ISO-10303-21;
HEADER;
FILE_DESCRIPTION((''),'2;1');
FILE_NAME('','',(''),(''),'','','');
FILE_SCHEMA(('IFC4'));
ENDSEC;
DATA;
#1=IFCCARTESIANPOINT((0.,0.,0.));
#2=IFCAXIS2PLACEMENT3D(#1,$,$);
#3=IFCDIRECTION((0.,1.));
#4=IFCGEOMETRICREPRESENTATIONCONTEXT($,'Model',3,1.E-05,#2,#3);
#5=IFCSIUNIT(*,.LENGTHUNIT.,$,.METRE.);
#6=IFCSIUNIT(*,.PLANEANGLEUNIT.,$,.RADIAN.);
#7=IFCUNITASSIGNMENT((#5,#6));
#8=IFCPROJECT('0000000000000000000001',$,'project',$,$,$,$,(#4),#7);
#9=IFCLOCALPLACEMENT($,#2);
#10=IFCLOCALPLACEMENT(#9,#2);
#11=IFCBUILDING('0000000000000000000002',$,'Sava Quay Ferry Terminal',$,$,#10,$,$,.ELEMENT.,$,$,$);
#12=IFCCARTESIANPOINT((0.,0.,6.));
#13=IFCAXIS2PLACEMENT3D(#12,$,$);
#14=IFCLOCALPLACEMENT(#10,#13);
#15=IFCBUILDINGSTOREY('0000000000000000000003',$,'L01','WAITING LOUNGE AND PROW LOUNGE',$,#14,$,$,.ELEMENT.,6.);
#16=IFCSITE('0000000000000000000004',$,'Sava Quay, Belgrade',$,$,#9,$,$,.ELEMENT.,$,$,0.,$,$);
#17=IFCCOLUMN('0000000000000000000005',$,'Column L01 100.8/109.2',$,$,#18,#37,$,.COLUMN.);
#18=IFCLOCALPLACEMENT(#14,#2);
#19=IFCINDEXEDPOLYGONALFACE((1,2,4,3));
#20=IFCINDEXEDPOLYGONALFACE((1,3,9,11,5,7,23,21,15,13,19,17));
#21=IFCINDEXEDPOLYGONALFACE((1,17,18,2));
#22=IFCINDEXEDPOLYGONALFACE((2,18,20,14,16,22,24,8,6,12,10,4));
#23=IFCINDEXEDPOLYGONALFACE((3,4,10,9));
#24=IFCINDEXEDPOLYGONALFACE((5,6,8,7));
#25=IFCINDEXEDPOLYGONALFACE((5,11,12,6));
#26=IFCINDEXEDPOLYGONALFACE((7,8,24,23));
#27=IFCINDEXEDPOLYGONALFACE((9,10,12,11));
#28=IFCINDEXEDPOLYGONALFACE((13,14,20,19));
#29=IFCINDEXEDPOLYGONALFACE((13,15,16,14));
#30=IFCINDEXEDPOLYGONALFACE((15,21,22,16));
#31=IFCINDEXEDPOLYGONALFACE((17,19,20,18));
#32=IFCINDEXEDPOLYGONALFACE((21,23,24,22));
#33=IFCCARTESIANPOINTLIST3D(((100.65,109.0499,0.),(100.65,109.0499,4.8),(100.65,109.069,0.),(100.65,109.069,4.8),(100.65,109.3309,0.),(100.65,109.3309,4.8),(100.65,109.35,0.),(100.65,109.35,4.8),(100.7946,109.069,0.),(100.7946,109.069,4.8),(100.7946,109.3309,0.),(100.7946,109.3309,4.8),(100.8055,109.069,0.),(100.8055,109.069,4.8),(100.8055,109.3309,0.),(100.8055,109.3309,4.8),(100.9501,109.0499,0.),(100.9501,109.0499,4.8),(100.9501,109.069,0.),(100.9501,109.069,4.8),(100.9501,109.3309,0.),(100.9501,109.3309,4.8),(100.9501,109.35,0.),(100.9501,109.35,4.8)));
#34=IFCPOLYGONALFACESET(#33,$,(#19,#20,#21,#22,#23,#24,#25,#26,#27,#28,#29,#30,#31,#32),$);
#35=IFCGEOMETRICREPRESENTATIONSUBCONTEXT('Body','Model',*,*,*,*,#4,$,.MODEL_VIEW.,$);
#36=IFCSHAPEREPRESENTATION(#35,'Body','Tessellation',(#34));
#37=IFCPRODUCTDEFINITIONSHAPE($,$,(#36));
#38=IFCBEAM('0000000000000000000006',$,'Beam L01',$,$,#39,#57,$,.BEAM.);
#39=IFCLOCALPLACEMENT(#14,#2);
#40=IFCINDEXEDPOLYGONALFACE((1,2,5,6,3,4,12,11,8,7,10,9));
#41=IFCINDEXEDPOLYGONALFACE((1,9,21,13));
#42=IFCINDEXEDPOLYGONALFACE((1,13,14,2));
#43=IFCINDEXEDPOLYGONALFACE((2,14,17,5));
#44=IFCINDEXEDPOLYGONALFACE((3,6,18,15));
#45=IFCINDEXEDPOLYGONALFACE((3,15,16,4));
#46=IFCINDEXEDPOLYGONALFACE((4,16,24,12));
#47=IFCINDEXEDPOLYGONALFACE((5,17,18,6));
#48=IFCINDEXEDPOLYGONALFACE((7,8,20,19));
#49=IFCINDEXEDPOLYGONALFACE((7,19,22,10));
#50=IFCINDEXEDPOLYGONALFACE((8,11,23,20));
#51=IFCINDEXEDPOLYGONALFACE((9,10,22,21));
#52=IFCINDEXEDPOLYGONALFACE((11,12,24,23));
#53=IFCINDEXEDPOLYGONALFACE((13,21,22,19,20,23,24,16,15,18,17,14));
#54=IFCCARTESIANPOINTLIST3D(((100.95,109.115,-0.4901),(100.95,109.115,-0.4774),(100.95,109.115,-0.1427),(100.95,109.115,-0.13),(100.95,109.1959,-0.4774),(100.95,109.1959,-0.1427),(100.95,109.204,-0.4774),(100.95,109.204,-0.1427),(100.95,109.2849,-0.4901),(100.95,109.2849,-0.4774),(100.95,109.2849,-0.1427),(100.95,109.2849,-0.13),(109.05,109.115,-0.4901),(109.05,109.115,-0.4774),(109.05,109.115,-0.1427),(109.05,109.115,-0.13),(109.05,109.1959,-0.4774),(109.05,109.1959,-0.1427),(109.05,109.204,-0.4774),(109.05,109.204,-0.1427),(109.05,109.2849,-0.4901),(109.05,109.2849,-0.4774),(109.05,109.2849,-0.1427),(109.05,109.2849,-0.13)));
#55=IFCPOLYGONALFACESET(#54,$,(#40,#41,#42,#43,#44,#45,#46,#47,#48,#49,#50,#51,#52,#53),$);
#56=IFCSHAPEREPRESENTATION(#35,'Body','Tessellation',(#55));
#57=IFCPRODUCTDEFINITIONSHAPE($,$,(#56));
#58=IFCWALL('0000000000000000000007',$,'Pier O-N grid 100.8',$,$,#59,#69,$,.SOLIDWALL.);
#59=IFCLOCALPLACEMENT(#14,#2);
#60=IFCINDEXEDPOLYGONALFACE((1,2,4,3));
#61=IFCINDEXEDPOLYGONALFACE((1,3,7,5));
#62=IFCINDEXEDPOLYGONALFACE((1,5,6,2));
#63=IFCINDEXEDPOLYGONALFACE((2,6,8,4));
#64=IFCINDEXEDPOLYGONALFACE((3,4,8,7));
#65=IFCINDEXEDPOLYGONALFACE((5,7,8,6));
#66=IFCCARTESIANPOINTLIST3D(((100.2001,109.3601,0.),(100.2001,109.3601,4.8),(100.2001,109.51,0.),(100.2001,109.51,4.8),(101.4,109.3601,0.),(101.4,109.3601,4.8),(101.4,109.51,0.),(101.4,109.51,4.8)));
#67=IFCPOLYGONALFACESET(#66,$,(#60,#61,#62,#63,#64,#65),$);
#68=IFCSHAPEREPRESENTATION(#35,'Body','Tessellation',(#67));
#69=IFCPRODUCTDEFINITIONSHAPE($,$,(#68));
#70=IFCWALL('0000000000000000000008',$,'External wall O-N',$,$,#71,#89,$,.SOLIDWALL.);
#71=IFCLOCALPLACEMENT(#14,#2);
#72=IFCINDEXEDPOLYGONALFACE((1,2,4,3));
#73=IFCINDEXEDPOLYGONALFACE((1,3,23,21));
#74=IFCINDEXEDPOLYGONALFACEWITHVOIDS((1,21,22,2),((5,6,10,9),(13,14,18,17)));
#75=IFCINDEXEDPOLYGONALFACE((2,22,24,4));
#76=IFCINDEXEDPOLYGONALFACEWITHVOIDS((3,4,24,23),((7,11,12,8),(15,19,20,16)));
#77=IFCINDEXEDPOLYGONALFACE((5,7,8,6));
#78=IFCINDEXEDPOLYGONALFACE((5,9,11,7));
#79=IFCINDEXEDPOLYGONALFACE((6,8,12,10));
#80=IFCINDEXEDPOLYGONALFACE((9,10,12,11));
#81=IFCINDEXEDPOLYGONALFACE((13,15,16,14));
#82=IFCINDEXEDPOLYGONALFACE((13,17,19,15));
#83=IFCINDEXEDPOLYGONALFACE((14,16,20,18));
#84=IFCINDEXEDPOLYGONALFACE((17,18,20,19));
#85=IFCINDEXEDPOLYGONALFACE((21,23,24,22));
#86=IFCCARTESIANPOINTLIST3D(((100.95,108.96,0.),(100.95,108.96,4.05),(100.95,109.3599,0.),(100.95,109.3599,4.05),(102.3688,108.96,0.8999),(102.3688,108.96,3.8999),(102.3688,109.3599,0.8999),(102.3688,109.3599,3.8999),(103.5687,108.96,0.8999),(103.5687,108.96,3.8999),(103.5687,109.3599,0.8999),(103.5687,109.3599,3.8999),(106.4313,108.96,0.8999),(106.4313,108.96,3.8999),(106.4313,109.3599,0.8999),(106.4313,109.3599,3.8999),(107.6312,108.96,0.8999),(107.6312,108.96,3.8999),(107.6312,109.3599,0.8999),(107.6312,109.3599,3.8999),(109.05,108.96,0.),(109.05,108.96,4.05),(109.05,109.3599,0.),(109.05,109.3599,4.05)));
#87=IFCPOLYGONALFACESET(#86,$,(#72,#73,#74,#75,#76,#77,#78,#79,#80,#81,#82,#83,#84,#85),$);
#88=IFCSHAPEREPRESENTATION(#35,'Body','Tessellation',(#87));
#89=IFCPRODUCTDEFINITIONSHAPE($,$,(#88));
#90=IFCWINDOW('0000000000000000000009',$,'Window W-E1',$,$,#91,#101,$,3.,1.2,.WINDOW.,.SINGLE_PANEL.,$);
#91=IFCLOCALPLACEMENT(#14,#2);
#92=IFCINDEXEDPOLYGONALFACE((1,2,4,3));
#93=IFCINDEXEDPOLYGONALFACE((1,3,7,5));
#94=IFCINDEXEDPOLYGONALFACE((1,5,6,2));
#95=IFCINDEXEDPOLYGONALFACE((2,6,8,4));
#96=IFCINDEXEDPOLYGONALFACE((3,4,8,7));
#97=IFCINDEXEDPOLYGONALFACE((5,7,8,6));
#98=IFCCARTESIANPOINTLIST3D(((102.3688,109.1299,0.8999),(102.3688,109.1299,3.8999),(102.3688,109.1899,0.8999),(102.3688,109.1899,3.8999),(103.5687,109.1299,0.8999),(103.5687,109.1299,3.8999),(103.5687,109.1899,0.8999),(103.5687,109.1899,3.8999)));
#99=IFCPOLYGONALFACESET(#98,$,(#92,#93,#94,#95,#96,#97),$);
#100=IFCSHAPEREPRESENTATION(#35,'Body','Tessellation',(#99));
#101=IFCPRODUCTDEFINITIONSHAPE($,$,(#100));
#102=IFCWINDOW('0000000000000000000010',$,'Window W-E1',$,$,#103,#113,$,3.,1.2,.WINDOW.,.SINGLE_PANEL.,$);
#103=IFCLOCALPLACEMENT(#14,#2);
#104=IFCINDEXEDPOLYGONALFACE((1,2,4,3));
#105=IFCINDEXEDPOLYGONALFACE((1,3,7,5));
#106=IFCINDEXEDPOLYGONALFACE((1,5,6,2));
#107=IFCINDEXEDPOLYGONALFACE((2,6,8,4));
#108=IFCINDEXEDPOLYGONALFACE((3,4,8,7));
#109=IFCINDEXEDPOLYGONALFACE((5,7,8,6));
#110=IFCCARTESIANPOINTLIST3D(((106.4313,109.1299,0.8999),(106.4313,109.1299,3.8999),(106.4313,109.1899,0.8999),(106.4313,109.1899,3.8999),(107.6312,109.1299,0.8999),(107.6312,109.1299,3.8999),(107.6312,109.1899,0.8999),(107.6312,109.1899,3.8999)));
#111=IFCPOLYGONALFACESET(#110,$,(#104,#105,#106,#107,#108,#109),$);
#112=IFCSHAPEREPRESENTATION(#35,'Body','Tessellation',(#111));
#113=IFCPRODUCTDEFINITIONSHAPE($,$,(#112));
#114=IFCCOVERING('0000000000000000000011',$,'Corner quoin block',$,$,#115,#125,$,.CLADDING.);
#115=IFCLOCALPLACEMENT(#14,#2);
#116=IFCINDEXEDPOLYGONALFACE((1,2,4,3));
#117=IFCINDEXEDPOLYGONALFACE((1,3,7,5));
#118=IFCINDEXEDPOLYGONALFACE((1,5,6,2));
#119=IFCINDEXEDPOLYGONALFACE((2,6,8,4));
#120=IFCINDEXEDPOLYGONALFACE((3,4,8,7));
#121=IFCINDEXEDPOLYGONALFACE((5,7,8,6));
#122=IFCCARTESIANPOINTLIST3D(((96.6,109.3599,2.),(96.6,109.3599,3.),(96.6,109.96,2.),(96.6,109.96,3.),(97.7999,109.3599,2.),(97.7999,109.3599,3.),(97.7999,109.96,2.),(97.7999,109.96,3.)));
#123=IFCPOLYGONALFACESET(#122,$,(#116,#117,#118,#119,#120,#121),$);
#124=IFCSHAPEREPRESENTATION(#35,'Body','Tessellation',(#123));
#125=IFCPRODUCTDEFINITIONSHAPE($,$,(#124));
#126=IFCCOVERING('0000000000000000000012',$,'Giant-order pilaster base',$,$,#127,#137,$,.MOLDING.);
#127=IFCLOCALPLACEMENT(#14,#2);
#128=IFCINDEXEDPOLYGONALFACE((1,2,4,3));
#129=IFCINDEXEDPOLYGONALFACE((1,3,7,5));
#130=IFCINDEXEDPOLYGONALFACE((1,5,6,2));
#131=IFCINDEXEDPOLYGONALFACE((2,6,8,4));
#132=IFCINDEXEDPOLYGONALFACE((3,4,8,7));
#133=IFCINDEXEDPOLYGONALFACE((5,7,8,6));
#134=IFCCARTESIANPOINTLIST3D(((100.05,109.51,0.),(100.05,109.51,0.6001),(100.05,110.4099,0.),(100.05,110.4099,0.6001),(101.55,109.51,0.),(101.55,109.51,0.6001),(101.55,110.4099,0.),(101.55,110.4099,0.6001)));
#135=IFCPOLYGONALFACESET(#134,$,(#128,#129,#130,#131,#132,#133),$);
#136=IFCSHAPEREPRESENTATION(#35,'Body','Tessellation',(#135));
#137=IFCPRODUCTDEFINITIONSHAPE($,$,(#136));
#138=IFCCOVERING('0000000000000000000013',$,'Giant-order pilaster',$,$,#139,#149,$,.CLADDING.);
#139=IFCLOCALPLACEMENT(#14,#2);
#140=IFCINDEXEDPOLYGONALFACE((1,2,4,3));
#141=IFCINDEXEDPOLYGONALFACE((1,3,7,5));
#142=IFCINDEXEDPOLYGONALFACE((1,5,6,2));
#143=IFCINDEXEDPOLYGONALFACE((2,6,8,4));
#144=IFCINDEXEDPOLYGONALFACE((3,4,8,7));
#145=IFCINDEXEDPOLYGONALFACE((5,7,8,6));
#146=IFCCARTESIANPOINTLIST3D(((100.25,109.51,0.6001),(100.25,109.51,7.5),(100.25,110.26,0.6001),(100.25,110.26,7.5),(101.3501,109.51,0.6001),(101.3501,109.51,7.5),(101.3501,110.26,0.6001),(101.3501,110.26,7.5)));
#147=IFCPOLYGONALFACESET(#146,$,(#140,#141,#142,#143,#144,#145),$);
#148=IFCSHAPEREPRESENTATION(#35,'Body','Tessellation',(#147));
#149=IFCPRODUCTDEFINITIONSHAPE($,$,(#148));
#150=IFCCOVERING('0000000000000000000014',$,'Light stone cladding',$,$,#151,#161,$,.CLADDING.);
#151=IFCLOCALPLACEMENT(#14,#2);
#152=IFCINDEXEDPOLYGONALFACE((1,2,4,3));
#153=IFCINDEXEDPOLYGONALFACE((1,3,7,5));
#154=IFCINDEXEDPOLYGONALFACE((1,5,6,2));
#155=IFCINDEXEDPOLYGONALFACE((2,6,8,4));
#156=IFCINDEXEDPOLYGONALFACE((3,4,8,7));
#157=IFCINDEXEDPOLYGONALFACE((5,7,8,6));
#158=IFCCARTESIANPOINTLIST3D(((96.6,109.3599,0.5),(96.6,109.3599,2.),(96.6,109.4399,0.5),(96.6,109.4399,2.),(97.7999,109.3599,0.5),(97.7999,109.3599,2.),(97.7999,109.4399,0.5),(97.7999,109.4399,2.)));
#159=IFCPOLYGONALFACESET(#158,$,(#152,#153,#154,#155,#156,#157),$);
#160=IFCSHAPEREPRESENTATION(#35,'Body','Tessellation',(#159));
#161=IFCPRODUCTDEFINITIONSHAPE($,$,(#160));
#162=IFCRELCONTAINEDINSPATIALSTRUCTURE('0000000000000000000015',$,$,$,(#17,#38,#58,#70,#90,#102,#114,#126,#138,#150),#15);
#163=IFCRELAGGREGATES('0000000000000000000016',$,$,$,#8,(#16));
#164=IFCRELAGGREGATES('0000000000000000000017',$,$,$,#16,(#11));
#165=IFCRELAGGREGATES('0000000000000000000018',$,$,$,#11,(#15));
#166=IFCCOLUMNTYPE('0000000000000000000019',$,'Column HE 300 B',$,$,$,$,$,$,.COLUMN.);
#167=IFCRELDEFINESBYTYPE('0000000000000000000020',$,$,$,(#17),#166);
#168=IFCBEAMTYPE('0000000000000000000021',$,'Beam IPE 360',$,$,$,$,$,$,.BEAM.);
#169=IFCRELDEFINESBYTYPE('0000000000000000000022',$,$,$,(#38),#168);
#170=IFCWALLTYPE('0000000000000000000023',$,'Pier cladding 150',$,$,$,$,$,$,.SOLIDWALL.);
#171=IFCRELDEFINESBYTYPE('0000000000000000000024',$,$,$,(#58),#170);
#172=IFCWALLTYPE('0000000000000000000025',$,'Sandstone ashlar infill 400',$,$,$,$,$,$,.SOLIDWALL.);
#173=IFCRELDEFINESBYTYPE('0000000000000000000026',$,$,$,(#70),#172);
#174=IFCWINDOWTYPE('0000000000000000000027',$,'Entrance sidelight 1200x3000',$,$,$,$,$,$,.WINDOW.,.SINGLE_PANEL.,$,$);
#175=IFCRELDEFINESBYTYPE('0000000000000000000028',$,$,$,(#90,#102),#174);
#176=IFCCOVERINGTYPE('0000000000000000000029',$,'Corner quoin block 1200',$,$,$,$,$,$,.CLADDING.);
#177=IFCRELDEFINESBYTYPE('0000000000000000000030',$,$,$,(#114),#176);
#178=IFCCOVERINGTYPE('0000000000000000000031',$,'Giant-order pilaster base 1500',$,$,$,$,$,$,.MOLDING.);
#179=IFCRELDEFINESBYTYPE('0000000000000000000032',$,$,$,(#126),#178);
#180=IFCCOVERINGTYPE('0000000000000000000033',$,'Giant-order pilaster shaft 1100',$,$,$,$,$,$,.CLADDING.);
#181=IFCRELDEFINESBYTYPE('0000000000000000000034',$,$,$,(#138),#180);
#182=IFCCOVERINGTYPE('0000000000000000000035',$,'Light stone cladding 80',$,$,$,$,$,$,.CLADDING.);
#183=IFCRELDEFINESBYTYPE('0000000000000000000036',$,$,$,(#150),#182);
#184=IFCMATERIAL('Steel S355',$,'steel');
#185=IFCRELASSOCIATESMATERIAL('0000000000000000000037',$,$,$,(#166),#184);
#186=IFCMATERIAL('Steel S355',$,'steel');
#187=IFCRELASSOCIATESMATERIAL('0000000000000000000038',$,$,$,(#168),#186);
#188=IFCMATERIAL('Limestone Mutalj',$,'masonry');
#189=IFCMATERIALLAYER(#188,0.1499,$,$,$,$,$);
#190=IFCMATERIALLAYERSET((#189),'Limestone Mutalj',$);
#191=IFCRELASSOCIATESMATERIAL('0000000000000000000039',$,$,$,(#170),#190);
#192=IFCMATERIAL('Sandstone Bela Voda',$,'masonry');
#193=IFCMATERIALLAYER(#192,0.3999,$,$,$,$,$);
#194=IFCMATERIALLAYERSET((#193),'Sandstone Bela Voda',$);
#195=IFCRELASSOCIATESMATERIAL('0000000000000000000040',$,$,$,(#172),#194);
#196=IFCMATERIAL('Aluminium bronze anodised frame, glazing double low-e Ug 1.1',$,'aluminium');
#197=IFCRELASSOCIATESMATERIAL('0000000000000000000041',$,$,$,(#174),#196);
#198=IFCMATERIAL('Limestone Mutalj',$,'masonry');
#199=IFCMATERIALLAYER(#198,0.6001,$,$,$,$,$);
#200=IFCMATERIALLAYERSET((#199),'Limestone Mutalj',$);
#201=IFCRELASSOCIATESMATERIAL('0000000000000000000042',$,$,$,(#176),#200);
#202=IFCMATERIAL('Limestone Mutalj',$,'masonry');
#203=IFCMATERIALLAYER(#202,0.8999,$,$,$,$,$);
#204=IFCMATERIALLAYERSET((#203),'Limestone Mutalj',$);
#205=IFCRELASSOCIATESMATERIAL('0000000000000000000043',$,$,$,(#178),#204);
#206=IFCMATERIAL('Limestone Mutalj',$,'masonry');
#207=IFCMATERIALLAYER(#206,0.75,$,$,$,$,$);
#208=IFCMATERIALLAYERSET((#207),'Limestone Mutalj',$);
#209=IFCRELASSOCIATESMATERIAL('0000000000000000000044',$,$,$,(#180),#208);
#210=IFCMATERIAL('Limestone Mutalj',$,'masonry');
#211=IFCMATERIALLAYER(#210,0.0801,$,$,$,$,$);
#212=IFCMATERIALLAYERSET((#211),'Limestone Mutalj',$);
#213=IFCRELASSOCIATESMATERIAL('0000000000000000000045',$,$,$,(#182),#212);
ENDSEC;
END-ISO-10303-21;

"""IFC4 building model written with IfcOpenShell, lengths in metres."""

from ifc_helpers import new_model, si_unit, direction, frame, frame_2d, origin, origin_2d, place, context, subcontext, project, spatial, rectangle, i_section, extrude, material, layer, layer_set, material_profile, profile_set, type_object, element, fill, save


model = new_model("IFC4")

# Units and contexts
model_context = context("Model", 3, precision=1e-05, world=origin(), true_north=direction((0.0, 1.0)))
body_context = subcontext(model_context, "Body", "Model", "MODEL_VIEW")
ifc_project = project(units=[si_unit("LENGTHUNIT", "METRE"), si_unit("PLANEANGLEUNIT", "RADIAN")], contexts=[model_context])

# Site, building, storey
site_placement = place(None, origin())
site = spatial("IfcSite", under=ifc_project, at=site_placement, Name="Sava Quay, Belgrade", CompositionType="ELEMENT", RefElevation=0.0)
building_placement = place(site_placement, origin())
building = spatial("IfcBuilding", under=site, at=building_placement, Name="Sava Quay Ferry Terminal", CompositionType="ELEMENT")
storey_placement = place(building_placement, frame((0.0, 0.0, 6.0)))
storey = spatial("IfcBuildingStorey", under=building, at=storey_placement, Name="L01", Description="WAITING LOUNGE AND PROW LOUNGE", CompositionType="ELEMENT", Elevation=6.0)

# Column
ifc_material_1 = material(Name="Steel S355", Category="steel")
ifc_material_profile_1 = material_profile(ifc_material_1, i_section(OverallWidth=0.3, OverallDepth=0.3, WebThickness=0.011, FlangeThickness=0.019, at=origin_2d()), Name="HE 300 B")
ifc_profile_set_1 = profile_set([ifc_material_profile_1], Name="Steel S355")
column_type = type_object("IfcColumnType", Name="Column HE 300 B", PredefinedType="COLUMN", material=ifc_profile_set_1)
column_placement = place(storey_placement, frame((100.8, 109.2, 0.0), z_axis=(0.0, 0.0, 1.0), x_axis=(1.0, 0.0, 0.0)))
element("IfcColumn", 1, at=column_placement, inside=storey, type_object=column_type, Name="Column L01 100.8/109.2", PredefinedType="COLUMN", context=body_context, shape_type="SweptSolid", body=[
    extrude(i_section(OverallWidth=0.3, OverallDepth=0.3, WebThickness=0.011, FlangeThickness=0.019, at=origin_2d()), origin(), (0.0, 0.0, 1.0), 4.8),
])

# Beam
ifc_material_2 = material(Name="Steel S355", Category="steel")
ifc_material_profile_2 = material_profile(ifc_material_2, i_section(OverallWidth=0.1699, OverallDepth=0.3601, WebThickness=0.0081, FlangeThickness=0.0127, at=origin_2d()), Name="IPE 360")
ifc_profile_set_2 = profile_set([ifc_material_profile_2], Name="Steel S355")
beam_type = type_object("IfcBeamType", Name="Beam IPE 360", PredefinedType="BEAM", material=ifc_profile_set_2)
beam_placement = place(storey_placement, frame((100.95, 109.2, -0.3101), z_axis=(1.0, 0.0, 0.0), x_axis=(0.0, 1.0, 0.0)))
element("IfcBeam", 2, at=beam_placement, inside=storey, type_object=beam_type, Name="Beam L01", PredefinedType="BEAM", context=body_context, shape_type="SweptSolid", body=[
    extrude(i_section(OverallWidth=0.1699, OverallDepth=0.3601, WebThickness=0.0081, FlangeThickness=0.0127, at=origin_2d()), origin(), (0.0, 0.0, 1.0), 8.1001),
])

# Wall
ifc_material_3 = material(Name="Limestone Mutalj", Category="masonry")
ifc_layer_1 = layer(ifc_material_3, 0.1499)
ifc_layer_set_1 = layer_set([ifc_layer_1], Name="Limestone Mutalj")
wall_type_1 = type_object("IfcWallType", Name="Pier cladding 150", PredefinedType="SOLIDWALL", material=ifc_layer_set_1)
wall_1_placement = place(storey_placement, frame((100.2, 109.4351, 0.0), z_axis=(0.0, 0.0, 1.0), x_axis=(1.0, 0.0, 0.0)))
element("IfcWall", 3, at=wall_1_placement, inside=storey, type_object=wall_type_1, Name="Pier O-N grid 100.8", PredefinedType="SOLIDWALL", context=body_context, shape_type="SweptSolid", body=[
    extrude(rectangle(XDim=1.2, YDim=0.1499, at=frame_2d((0.6001, 0.0))), origin(), (0.0, 0.0, 1.0), 4.8),
])

# Wall, openings, windows
ifc_material_4 = material(Name="Sandstone Bela Voda", Category="masonry")
ifc_layer_2 = layer(ifc_material_4, 0.3999)
ifc_layer_set_2 = layer_set([ifc_layer_2], Name="Sandstone Bela Voda")
wall_type_2 = type_object("IfcWallType", Name="Sandstone ashlar infill 400", PredefinedType="SOLIDWALL", material=ifc_layer_set_2)
wall_2_placement = place(storey_placement, frame((100.95, 109.1599, 0.0), z_axis=(0.0, 0.0, 1.0), x_axis=(1.0, 0.0, 0.0)))
wall_2 = element("IfcWall", 4, at=wall_2_placement, inside=storey, type_object=wall_type_2, Name="External wall O-N", PredefinedType="SOLIDWALL", context=body_context, shape_type="SweptSolid", body=[
    extrude(rectangle(XDim=8.1001, YDim=0.3999, at=frame_2d((4.05, 0.0))), origin(), (0.0, 0.0, 1.0), 4.05),
])
opening_1_placement = place(wall_2_placement, frame((1.4187, 0.0, 0.8999)))
opening_1 = element("IfcOpeningElement", 5, at=opening_1_placement, cuts=wall_2, PredefinedType="OPENING", context=body_context, shape_type="SweptSolid", body=[
    extrude(rectangle(XDim=1.2, YDim=3.0, at=frame_2d((0.6001, 1.5))), frame((0.0, 0.2, 0.0), z_axis=(0.0, -1.0, 0.0), x_axis=(1.0, 0.0, 0.0)), (0.0, 0.0, 1.0), 0.3999),
])
opening_2_placement = place(wall_2_placement, frame((5.4812, 0.0, 0.8999)))
opening_2 = element("IfcOpeningElement", 6, at=opening_2_placement, cuts=wall_2, PredefinedType="OPENING", context=body_context, shape_type="SweptSolid", body=[
    extrude(rectangle(XDim=1.2, YDim=3.0, at=frame_2d((0.6001, 1.5))), frame((0.0, 0.2, 0.0), z_axis=(0.0, -1.0, 0.0), x_axis=(1.0, 0.0, 0.0)), (0.0, 0.0, 1.0), 0.3999),
])
ifc_material_5 = material(Name="Aluminium bronze anodised frame, glazing double low-e Ug 1.1", Category="aluminium")
window_type = type_object("IfcWindowType", Name="Entrance sidelight 1200x3000", PartitioningType="SINGLE_PANEL", PredefinedType="WINDOW", material=ifc_material_5)
window_1_placement = place(opening_1_placement, origin())
window_1 = element("IfcWindow", 7, at=window_1_placement, inside=storey, type_object=window_type, Name="Window W-E1", OverallHeight=3.0, OverallWidth=1.2, PartitioningType="SINGLE_PANEL", PredefinedType="WINDOW", context=body_context, shape_type="SweptSolid", body=[
    extrude(rectangle(XDim=1.2, YDim=3.0, at=frame_2d((0.6001, 1.5))), frame((0.0, 0.03, 0.0), z_axis=(0.0, -1.0, 0.0), x_axis=(1.0, 0.0, 0.0)), (0.0, 0.0, 1.0), 0.0601),
])
fill(opening_1, window_1)
window_2_placement = place(opening_2_placement, origin())
window_2 = element("IfcWindow", 8, at=window_2_placement, inside=storey, type_object=window_type, Name="Window W-E1", OverallHeight=3.0, OverallWidth=1.2, PartitioningType="SINGLE_PANEL", PredefinedType="WINDOW", context=body_context, shape_type="SweptSolid", body=[
    extrude(rectangle(XDim=1.2, YDim=3.0, at=frame_2d((0.6001, 1.5))), frame((0.0, 0.03, 0.0), z_axis=(0.0, -1.0, 0.0), x_axis=(1.0, 0.0, 0.0)), (0.0, 0.0, 1.0), 0.0601),
])
fill(opening_2, window_2)

# Coverings
ifc_material_6 = material(Name="Limestone Mutalj", Category="masonry")
ifc_layer_3 = layer(ifc_material_6, 0.6001)
ifc_layer_set_3 = layer_set([ifc_layer_3], Name="Limestone Mutalj")
covering_type_1 = type_object("IfcCoveringType", Name="Corner quoin block 1200", PredefinedType="CLADDING", material=ifc_layer_set_3)
covering_1_placement = place(storey_placement, frame((97.2, 109.6599, 2.0), z_axis=(0.0, 0.0, 1.0), x_axis=(1.0, 0.0, 0.0)))
element("IfcCovering", 9, at=covering_1_placement, inside=storey, type_object=covering_type_1, Name="Corner quoin block", PredefinedType="CLADDING", context=body_context, shape_type="SweptSolid", body=[
    extrude(rectangle(XDim=1.2, YDim=0.6001, at=origin_2d()), origin(), (0.0, 0.0, 1.0), 1.0),
])
ifc_material_7 = material(Name="Limestone Mutalj", Category="masonry")
ifc_layer_4 = layer(ifc_material_7, 0.8999)
ifc_layer_set_4 = layer_set([ifc_layer_4], Name="Limestone Mutalj")
covering_type_2 = type_object("IfcCoveringType", Name="Giant-order pilaster base 1500", PredefinedType="MOLDING", material=ifc_layer_set_4)
covering_2_placement = place(storey_placement, frame((100.8, 109.96, 0.0), z_axis=(0.0, 0.0, 1.0), x_axis=(1.0, 0.0, 0.0)))
element("IfcCovering", 10, at=covering_2_placement, inside=storey, type_object=covering_type_2, Name="Giant-order pilaster base", PredefinedType="MOLDING", context=body_context, shape_type="SweptSolid", body=[
    extrude(rectangle(XDim=1.5, YDim=0.8999, at=origin_2d()), origin(), (0.0, 0.0, 1.0), 0.6001),
])
ifc_material_8 = material(Name="Limestone Mutalj", Category="masonry")
ifc_layer_5 = layer(ifc_material_8, 0.75)
ifc_layer_set_5 = layer_set([ifc_layer_5], Name="Limestone Mutalj")
covering_type_3 = type_object("IfcCoveringType", Name="Giant-order pilaster shaft 1100", PredefinedType="CLADDING", material=ifc_layer_set_5)
covering_3_placement = place(storey_placement, frame((100.8, 109.885, 0.6001), z_axis=(0.0, 0.0, 1.0), x_axis=(1.0, 0.0, 0.0)))
element("IfcCovering", 11, at=covering_3_placement, inside=storey, type_object=covering_type_3, Name="Giant-order pilaster", PredefinedType="CLADDING", context=body_context, shape_type="SweptSolid", body=[
    extrude(rectangle(XDim=1.1001, YDim=0.75, at=origin_2d()), origin(), (0.0, 0.0, 1.0), 6.8999),
])
ifc_material_9 = material(Name="Limestone Mutalj", Category="masonry")
ifc_layer_6 = layer(ifc_material_9, 0.0801)
ifc_layer_set_6 = layer_set([ifc_layer_6], Name="Limestone Mutalj")
covering_type_4 = type_object("IfcCoveringType", Name="Light stone cladding 80", PredefinedType="CLADDING", material=ifc_layer_set_6)
covering_4_placement = place(storey_placement, frame((97.2, 109.3999, 0.5), z_axis=(0.0, 0.0, 1.0), x_axis=(1.0, 0.0, 0.0)))
element("IfcCovering", 12, at=covering_4_placement, inside=storey, type_object=covering_type_4, Name="Light stone cladding", PredefinedType="CLADDING", context=body_context, shape_type="SweptSolid", body=[
    extrude(rectangle(XDim=1.2, YDim=0.0801, at=origin_2d()), origin(), (0.0, 0.0, 1.0), 1.5),
])

save(model, "model.ifc")
